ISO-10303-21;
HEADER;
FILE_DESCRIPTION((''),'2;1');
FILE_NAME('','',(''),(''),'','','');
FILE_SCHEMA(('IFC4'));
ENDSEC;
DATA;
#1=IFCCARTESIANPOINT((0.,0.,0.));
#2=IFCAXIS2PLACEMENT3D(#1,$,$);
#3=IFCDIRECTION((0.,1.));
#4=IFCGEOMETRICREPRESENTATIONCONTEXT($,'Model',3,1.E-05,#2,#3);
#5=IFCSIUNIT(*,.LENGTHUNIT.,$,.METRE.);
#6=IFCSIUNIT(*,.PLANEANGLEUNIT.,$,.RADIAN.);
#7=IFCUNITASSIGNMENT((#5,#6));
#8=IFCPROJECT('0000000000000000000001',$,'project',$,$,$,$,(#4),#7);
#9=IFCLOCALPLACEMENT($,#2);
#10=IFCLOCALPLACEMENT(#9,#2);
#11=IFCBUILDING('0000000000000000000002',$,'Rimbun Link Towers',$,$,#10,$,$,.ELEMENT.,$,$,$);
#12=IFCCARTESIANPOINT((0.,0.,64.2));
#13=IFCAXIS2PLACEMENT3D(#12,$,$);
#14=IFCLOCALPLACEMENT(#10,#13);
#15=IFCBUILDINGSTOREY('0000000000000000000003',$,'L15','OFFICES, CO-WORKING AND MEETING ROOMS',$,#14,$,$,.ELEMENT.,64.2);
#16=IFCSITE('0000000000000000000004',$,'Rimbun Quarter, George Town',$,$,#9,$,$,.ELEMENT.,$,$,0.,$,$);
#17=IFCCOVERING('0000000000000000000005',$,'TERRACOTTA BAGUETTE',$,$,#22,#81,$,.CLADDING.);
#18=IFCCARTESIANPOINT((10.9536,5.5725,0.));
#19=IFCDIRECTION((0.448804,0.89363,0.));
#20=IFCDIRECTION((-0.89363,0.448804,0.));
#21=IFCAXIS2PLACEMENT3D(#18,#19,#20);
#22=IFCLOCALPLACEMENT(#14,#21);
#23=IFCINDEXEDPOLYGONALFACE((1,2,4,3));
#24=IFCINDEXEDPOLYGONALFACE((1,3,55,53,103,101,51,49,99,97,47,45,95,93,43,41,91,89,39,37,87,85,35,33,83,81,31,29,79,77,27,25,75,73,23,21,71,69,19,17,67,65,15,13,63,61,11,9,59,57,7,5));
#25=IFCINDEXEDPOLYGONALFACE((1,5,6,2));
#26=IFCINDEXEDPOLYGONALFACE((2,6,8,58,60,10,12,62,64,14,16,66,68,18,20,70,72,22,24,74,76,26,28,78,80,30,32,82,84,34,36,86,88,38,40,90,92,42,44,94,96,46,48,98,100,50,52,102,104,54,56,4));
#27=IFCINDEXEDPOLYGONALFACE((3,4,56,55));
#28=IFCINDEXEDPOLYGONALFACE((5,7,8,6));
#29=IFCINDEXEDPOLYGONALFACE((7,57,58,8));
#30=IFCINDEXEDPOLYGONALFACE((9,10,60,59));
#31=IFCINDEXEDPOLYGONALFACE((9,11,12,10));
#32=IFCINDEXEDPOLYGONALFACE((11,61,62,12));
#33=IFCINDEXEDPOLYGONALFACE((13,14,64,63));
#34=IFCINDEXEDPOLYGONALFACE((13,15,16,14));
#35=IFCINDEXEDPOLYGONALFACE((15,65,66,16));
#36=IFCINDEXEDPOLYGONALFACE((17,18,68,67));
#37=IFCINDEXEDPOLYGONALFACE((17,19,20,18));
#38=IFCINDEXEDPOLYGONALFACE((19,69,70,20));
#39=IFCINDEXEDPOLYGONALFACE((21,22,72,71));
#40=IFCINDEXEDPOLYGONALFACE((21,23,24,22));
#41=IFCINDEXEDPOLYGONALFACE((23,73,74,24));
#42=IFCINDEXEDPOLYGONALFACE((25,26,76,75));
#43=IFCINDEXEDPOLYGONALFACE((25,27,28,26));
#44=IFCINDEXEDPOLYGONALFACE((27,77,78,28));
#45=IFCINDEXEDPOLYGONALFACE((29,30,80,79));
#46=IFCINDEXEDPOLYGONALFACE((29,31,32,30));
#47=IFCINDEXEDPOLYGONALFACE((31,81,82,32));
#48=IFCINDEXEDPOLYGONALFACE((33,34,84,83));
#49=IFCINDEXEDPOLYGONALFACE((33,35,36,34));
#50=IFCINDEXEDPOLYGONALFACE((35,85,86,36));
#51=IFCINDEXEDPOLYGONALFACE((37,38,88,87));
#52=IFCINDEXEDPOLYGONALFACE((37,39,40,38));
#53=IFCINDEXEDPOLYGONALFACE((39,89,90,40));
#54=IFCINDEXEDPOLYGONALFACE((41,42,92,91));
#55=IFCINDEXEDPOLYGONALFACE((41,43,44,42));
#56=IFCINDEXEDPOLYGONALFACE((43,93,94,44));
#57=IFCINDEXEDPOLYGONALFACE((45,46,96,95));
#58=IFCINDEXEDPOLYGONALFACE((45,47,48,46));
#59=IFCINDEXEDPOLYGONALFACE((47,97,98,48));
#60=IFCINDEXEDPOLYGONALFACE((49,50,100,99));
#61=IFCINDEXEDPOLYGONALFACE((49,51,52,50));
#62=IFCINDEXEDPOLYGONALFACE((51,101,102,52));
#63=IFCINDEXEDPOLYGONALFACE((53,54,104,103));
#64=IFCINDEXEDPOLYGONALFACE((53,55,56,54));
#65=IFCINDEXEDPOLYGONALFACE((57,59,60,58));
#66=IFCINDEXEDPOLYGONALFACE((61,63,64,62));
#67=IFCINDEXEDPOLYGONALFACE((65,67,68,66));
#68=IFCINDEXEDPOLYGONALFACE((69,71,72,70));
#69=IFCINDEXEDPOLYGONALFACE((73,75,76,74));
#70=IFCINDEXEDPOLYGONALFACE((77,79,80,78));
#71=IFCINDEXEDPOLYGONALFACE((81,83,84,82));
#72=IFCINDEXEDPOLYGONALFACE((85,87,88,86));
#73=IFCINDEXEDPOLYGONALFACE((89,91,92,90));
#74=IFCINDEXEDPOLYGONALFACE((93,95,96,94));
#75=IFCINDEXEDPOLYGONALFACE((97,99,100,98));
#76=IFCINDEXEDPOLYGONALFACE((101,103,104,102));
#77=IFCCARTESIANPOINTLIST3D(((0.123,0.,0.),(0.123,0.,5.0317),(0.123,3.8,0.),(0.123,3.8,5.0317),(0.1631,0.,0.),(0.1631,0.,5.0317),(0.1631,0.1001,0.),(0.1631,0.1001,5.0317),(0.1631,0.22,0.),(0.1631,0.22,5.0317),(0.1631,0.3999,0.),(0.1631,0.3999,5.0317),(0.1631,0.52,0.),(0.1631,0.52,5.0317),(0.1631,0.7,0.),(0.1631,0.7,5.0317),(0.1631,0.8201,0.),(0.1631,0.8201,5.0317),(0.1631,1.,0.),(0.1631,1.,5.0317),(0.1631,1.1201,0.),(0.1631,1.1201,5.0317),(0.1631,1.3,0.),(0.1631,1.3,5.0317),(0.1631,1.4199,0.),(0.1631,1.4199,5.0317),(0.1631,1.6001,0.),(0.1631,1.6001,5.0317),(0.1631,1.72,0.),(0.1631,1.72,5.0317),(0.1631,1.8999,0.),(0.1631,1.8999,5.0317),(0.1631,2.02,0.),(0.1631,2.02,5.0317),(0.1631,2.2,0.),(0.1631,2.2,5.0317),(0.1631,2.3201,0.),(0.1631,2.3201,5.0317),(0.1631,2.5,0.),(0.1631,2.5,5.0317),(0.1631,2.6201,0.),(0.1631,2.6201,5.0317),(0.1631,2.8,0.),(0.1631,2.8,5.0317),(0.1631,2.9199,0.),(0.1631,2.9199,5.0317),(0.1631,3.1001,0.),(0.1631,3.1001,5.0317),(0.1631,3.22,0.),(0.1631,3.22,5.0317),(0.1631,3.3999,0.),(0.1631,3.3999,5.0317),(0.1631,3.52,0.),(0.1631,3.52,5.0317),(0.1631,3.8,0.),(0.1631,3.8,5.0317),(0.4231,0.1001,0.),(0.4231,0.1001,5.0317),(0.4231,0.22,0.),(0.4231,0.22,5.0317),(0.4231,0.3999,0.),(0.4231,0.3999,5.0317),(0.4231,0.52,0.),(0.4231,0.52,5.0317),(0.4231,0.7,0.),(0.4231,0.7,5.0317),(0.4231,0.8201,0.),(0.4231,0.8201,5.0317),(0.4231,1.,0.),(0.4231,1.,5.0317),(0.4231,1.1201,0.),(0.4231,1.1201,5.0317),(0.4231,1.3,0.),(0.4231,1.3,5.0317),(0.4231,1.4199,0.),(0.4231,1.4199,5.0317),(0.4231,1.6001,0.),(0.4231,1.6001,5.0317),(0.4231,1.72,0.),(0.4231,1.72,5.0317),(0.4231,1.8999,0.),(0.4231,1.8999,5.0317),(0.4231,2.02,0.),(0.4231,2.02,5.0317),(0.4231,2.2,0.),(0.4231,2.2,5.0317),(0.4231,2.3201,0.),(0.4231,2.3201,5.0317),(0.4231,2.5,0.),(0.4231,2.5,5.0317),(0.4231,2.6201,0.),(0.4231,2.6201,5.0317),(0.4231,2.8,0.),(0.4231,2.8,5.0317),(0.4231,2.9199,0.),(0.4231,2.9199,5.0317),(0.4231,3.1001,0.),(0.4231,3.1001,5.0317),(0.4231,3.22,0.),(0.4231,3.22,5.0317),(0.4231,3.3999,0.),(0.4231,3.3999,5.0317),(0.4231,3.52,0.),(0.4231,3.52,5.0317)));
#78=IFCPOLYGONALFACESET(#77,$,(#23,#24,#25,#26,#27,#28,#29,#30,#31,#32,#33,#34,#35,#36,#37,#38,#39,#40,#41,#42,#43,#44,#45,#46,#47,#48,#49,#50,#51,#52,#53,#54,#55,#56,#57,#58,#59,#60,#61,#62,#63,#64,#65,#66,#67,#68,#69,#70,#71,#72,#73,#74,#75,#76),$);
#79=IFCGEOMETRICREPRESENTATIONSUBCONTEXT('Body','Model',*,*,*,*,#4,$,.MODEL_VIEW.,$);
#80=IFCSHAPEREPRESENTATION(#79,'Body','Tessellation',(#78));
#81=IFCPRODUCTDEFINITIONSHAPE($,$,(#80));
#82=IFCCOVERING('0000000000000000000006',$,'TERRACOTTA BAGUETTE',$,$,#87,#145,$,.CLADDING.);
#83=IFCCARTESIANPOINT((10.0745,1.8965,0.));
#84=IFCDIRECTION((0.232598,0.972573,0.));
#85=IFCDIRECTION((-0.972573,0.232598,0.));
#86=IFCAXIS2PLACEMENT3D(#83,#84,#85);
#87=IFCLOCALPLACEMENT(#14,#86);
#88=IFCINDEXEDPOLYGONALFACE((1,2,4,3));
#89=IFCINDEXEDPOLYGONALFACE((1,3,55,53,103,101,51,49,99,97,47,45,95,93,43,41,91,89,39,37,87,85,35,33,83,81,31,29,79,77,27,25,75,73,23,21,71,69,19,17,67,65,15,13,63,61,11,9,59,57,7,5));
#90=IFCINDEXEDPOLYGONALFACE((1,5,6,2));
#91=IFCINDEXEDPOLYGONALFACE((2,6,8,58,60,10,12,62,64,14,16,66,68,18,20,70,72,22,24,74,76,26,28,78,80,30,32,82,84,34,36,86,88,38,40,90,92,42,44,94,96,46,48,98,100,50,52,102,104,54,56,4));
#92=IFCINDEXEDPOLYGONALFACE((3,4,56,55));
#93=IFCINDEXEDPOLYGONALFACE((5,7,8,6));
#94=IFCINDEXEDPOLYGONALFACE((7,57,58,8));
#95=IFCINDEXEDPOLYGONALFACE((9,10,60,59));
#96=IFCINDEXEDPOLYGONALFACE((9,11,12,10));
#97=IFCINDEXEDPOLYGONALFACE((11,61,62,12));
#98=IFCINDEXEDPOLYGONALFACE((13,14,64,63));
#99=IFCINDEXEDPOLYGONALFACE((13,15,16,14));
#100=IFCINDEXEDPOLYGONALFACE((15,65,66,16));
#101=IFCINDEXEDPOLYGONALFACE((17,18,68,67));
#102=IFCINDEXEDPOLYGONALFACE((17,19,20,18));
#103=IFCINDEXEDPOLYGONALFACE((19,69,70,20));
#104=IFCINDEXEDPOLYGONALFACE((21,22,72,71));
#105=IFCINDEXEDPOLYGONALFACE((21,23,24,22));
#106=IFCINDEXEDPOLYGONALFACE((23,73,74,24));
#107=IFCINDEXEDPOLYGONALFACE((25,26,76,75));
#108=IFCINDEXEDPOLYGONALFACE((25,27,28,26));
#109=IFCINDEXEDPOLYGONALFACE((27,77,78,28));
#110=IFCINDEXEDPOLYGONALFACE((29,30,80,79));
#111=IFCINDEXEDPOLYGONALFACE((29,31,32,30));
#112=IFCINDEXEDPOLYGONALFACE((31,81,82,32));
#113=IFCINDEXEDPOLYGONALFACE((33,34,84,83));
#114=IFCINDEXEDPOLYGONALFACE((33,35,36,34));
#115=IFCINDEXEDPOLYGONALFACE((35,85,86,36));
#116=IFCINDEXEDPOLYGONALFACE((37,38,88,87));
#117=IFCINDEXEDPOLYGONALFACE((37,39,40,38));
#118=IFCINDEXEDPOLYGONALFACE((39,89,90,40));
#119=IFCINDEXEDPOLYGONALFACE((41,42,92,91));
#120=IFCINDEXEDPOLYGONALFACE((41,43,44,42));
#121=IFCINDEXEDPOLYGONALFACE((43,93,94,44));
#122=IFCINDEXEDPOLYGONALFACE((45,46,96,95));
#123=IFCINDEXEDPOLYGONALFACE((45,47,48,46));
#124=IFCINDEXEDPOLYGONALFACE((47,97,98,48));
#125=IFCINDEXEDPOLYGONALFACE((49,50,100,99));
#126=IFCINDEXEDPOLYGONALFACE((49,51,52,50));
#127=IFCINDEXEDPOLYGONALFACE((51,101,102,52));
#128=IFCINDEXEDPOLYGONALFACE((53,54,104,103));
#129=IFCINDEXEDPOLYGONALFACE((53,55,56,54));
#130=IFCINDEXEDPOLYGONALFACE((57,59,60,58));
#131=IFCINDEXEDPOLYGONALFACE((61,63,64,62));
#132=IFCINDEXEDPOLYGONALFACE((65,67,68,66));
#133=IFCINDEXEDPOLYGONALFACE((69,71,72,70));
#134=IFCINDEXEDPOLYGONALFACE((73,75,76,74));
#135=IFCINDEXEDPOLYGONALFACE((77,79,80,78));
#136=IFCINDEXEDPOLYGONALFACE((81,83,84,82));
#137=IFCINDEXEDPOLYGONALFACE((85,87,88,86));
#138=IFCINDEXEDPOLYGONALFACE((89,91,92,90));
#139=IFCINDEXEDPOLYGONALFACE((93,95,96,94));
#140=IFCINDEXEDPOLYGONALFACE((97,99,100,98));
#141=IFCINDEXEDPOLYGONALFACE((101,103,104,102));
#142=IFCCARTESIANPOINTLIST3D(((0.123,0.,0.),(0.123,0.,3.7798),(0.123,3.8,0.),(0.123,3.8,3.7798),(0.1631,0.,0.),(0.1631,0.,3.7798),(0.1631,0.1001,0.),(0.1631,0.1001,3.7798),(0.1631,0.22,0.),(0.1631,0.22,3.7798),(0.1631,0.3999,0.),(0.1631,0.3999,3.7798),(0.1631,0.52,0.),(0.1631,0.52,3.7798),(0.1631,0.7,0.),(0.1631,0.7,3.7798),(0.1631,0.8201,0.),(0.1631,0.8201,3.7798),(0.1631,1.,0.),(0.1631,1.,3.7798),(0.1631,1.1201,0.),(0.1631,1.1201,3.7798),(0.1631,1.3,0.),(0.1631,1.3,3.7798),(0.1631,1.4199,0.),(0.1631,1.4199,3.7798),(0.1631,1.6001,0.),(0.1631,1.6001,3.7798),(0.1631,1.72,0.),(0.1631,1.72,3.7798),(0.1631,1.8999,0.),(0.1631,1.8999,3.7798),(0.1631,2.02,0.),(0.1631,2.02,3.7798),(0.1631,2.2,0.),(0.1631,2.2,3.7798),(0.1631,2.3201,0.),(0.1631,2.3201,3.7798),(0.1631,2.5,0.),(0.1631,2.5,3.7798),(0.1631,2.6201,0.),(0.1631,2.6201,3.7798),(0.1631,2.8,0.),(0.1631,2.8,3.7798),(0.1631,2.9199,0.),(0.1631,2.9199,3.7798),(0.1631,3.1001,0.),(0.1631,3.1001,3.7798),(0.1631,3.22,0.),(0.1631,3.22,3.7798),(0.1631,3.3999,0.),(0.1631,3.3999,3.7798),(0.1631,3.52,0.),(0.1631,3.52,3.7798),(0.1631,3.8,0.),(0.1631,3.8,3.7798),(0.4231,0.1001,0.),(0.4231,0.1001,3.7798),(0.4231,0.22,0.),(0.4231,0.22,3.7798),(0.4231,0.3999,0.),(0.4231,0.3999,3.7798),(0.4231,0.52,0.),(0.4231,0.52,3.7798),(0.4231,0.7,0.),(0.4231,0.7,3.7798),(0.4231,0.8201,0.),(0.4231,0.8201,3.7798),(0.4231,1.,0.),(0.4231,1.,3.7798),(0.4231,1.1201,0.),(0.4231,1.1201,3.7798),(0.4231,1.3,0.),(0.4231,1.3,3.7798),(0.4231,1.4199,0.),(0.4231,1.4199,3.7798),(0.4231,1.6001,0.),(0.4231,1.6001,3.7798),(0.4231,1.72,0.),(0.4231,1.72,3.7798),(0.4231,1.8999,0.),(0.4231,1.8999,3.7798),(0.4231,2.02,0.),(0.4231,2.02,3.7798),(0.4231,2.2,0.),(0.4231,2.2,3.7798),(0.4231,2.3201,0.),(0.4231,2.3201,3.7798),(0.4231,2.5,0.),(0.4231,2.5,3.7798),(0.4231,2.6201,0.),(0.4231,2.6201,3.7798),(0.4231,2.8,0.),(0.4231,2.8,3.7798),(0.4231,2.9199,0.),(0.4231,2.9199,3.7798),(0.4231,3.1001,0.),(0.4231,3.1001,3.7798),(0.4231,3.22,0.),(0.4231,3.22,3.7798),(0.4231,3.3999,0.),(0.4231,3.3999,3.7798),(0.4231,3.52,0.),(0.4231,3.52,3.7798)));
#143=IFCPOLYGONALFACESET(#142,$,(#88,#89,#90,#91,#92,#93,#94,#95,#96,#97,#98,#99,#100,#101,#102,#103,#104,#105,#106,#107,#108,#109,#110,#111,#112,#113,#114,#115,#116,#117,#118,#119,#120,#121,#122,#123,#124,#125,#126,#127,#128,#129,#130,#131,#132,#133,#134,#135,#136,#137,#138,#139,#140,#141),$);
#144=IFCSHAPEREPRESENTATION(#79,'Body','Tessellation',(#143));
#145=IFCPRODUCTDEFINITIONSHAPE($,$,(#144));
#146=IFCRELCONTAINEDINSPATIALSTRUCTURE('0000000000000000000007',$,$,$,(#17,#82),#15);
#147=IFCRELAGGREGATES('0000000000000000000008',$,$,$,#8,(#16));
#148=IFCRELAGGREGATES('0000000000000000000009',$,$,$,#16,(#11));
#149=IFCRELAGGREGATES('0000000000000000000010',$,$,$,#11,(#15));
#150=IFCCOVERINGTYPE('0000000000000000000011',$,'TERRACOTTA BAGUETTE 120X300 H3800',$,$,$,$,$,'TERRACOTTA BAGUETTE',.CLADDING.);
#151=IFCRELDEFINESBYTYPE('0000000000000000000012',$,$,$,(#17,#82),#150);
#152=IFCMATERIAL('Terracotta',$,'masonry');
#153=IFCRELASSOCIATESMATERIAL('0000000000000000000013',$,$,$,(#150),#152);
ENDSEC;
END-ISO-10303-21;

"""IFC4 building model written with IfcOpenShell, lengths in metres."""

from ifc_helpers import new_model, si_unit, direction, frame, origin, place, context, subcontext, project, spatial, polyline, outline, extrude, material, material_profile, profile_set, type_object, element, save


model = new_model("IFC4")

# Units and contexts
model_context = context("Model", 3, precision=1e-05, world=origin(), true_north=direction((0.0, 1.0)))
body_context = subcontext(model_context, "Body", "Model", "MODEL_VIEW")
ifc_project = project(units=[si_unit("LENGTHUNIT", "METRE"), si_unit("PLANEANGLEUNIT", "RADIAN")], contexts=[model_context])

# Site, building, storey
site_placement = place(None, origin())
site = spatial("IfcSite", under=ifc_project, at=site_placement, Name="Rimbun Quarter, George Town", CompositionType="ELEMENT", RefElevation=0.0)
building_placement = place(site_placement, origin())
building = spatial("IfcBuilding", under=site, at=building_placement, Name="Rimbun Link Towers", CompositionType="ELEMENT")
storey_placement = place(building_placement, frame((0.0, 0.0, 64.2)))
storey = spatial("IfcBuildingStorey", under=building, at=storey_placement, Name="L15", Description="OFFICES, CO-WORKING AND MEETING ROOMS", CompositionType="ELEMENT", Elevation=64.2)

# Coverings
ifc_material_1 = material(Name="Terracotta", Category="masonry")
ifc_material_profile_1 = material_profile(ifc_material_1, outline(polyline([(0.123, 0.0), (0.1631, 0.0), (0.1631, 0.1001), (0.4231, 0.1001), (0.4231, 0.22), (0.1631, 0.22), (0.1631, 0.3999), (0.4231, 0.3999), (0.4231, 0.52), (0.1631, 0.52), (0.1631, 0.7), (0.4231, 0.7), (0.4231, 0.8201), (0.1631, 0.8201), (0.1631, 1.0), (0.4231, 1.0), (0.4231, 1.1201), (0.1631, 1.1201), (0.1631, 1.3), (0.4231, 1.3), (0.4231, 1.4199), (0.1631, 1.4199), (0.1631, 1.6001), (0.4231, 1.6001), (0.4231, 1.72), (0.1631, 1.72), (0.1631, 1.8999), (0.4231, 1.8999), (0.4231, 2.02), (0.1631, 2.02), (0.1631, 2.2), (0.4231, 2.2), (0.4231, 2.3201), (0.1631, 2.3201), (0.1631, 2.5), (0.4231, 2.5), (0.4231, 2.6201), (0.1631, 2.6201), (0.1631, 2.8), (0.4231, 2.8), (0.4231, 2.9199), (0.1631, 2.9199), (0.1631, 3.1001), (0.4231, 3.1001), (0.4231, 3.22), (0.1631, 3.22), (0.1631, 3.3999), (0.4231, 3.3999), (0.4231, 3.52), (0.1631, 3.52), (0.1631, 3.8), (0.123, 3.8), (0.123, 0.0)])), Name="BAGUETTE 120X300")
ifc_profile_set_1 = profile_set([ifc_material_profile_1], Name="Terracotta")
covering_type = type_object("IfcCoveringType", Name="TERRACOTTA BAGUETTE 120X300 H3800", ElementType="TERRACOTTA BAGUETTE", PredefinedType="CLADDING", material=ifc_profile_set_1)
covering_1_placement = place(storey_placement, frame((10.9536, 5.5725, 0.0), z_axis=(0.448804, 0.89363, 0.0), x_axis=(-0.89363, 0.448804, 0.0)))
element("IfcCovering", 1, at=covering_1_placement, inside=storey, type_object=covering_type, Name="TERRACOTTA BAGUETTE", PredefinedType="CLADDING", context=body_context, shape_type="SweptSolid", body=[
    extrude(outline(polyline([(0.123, 0.0), (0.1631, 0.0), (0.1631, 0.1001), (0.4231, 0.1001), (0.4231, 0.22), (0.1631, 0.22), (0.1631, 0.3999), (0.4231, 0.3999), (0.4231, 0.52), (0.1631, 0.52), (0.1631, 0.7), (0.4231, 0.7), (0.4231, 0.8201), (0.1631, 0.8201), (0.1631, 1.0), (0.4231, 1.0), (0.4231, 1.1201), (0.1631, 1.1201), (0.1631, 1.3), (0.4231, 1.3), (0.4231, 1.4199), (0.1631, 1.4199), (0.1631, 1.6001), (0.4231, 1.6001), (0.4231, 1.72), (0.1631, 1.72), (0.1631, 1.8999), (0.4231, 1.8999), (0.4231, 2.02), (0.1631, 2.02), (0.1631, 2.2), (0.4231, 2.2), (0.4231, 2.3201), (0.1631, 2.3201), (0.1631, 2.5), (0.4231, 2.5), (0.4231, 2.6201), (0.1631, 2.6201), (0.1631, 2.8), (0.4231, 2.8), (0.4231, 2.9199), (0.1631, 2.9199), (0.1631, 3.1001), (0.4231, 3.1001), (0.4231, 3.22), (0.1631, 3.22), (0.1631, 3.3999), (0.4231, 3.3999), (0.4231, 3.52), (0.1631, 3.52), (0.1631, 3.8), (0.123, 3.8), (0.123, 0.0)])), origin(), (0.0, 0.0, 1.0), 5.0317),
])
covering_2_placement = place(storey_placement, frame((10.0745, 1.8965, 0.0), z_axis=(0.232598, 0.972573, 0.0), x_axis=(-0.972573, 0.232598, 0.0)))
element("IfcCovering", 2, at=covering_2_placement, inside=storey, type_object=covering_type, Name="TERRACOTTA BAGUETTE", PredefinedType="CLADDING", context=body_context, shape_type="SweptSolid", body=[
    extrude(outline(polyline([(0.123, 0.0), (0.1631, 0.0), (0.1631, 0.1001), (0.4231, 0.1001), (0.4231, 0.22), (0.1631, 0.22), (0.1631, 0.3999), (0.4231, 0.3999), (0.4231, 0.52), (0.1631, 0.52), (0.1631, 0.7), (0.4231, 0.7), (0.4231, 0.8201), (0.1631, 0.8201), (0.1631, 1.0), (0.4231, 1.0), (0.4231, 1.1201), (0.1631, 1.1201), (0.1631, 1.3), (0.4231, 1.3), (0.4231, 1.4199), (0.1631, 1.4199), (0.1631, 1.6001), (0.4231, 1.6001), (0.4231, 1.72), (0.1631, 1.72), (0.1631, 1.8999), (0.4231, 1.8999), (0.4231, 2.02), (0.1631, 2.02), (0.1631, 2.2), (0.4231, 2.2), (0.4231, 2.3201), (0.1631, 2.3201), (0.1631, 2.5), (0.4231, 2.5), (0.4231, 2.6201), (0.1631, 2.6201), (0.1631, 2.8), (0.4231, 2.8), (0.4231, 2.9199), (0.1631, 2.9199), (0.1631, 3.1001), (0.4231, 3.1001), (0.4231, 3.22), (0.1631, 3.22), (0.1631, 3.3999), (0.4231, 3.3999), (0.4231, 3.52), (0.1631, 3.52), (0.1631, 3.8), (0.123, 3.8), (0.123, 0.0)])), origin(), (0.0, 0.0, 1.0), 3.7798),
])

save(model, "model.ifc")
